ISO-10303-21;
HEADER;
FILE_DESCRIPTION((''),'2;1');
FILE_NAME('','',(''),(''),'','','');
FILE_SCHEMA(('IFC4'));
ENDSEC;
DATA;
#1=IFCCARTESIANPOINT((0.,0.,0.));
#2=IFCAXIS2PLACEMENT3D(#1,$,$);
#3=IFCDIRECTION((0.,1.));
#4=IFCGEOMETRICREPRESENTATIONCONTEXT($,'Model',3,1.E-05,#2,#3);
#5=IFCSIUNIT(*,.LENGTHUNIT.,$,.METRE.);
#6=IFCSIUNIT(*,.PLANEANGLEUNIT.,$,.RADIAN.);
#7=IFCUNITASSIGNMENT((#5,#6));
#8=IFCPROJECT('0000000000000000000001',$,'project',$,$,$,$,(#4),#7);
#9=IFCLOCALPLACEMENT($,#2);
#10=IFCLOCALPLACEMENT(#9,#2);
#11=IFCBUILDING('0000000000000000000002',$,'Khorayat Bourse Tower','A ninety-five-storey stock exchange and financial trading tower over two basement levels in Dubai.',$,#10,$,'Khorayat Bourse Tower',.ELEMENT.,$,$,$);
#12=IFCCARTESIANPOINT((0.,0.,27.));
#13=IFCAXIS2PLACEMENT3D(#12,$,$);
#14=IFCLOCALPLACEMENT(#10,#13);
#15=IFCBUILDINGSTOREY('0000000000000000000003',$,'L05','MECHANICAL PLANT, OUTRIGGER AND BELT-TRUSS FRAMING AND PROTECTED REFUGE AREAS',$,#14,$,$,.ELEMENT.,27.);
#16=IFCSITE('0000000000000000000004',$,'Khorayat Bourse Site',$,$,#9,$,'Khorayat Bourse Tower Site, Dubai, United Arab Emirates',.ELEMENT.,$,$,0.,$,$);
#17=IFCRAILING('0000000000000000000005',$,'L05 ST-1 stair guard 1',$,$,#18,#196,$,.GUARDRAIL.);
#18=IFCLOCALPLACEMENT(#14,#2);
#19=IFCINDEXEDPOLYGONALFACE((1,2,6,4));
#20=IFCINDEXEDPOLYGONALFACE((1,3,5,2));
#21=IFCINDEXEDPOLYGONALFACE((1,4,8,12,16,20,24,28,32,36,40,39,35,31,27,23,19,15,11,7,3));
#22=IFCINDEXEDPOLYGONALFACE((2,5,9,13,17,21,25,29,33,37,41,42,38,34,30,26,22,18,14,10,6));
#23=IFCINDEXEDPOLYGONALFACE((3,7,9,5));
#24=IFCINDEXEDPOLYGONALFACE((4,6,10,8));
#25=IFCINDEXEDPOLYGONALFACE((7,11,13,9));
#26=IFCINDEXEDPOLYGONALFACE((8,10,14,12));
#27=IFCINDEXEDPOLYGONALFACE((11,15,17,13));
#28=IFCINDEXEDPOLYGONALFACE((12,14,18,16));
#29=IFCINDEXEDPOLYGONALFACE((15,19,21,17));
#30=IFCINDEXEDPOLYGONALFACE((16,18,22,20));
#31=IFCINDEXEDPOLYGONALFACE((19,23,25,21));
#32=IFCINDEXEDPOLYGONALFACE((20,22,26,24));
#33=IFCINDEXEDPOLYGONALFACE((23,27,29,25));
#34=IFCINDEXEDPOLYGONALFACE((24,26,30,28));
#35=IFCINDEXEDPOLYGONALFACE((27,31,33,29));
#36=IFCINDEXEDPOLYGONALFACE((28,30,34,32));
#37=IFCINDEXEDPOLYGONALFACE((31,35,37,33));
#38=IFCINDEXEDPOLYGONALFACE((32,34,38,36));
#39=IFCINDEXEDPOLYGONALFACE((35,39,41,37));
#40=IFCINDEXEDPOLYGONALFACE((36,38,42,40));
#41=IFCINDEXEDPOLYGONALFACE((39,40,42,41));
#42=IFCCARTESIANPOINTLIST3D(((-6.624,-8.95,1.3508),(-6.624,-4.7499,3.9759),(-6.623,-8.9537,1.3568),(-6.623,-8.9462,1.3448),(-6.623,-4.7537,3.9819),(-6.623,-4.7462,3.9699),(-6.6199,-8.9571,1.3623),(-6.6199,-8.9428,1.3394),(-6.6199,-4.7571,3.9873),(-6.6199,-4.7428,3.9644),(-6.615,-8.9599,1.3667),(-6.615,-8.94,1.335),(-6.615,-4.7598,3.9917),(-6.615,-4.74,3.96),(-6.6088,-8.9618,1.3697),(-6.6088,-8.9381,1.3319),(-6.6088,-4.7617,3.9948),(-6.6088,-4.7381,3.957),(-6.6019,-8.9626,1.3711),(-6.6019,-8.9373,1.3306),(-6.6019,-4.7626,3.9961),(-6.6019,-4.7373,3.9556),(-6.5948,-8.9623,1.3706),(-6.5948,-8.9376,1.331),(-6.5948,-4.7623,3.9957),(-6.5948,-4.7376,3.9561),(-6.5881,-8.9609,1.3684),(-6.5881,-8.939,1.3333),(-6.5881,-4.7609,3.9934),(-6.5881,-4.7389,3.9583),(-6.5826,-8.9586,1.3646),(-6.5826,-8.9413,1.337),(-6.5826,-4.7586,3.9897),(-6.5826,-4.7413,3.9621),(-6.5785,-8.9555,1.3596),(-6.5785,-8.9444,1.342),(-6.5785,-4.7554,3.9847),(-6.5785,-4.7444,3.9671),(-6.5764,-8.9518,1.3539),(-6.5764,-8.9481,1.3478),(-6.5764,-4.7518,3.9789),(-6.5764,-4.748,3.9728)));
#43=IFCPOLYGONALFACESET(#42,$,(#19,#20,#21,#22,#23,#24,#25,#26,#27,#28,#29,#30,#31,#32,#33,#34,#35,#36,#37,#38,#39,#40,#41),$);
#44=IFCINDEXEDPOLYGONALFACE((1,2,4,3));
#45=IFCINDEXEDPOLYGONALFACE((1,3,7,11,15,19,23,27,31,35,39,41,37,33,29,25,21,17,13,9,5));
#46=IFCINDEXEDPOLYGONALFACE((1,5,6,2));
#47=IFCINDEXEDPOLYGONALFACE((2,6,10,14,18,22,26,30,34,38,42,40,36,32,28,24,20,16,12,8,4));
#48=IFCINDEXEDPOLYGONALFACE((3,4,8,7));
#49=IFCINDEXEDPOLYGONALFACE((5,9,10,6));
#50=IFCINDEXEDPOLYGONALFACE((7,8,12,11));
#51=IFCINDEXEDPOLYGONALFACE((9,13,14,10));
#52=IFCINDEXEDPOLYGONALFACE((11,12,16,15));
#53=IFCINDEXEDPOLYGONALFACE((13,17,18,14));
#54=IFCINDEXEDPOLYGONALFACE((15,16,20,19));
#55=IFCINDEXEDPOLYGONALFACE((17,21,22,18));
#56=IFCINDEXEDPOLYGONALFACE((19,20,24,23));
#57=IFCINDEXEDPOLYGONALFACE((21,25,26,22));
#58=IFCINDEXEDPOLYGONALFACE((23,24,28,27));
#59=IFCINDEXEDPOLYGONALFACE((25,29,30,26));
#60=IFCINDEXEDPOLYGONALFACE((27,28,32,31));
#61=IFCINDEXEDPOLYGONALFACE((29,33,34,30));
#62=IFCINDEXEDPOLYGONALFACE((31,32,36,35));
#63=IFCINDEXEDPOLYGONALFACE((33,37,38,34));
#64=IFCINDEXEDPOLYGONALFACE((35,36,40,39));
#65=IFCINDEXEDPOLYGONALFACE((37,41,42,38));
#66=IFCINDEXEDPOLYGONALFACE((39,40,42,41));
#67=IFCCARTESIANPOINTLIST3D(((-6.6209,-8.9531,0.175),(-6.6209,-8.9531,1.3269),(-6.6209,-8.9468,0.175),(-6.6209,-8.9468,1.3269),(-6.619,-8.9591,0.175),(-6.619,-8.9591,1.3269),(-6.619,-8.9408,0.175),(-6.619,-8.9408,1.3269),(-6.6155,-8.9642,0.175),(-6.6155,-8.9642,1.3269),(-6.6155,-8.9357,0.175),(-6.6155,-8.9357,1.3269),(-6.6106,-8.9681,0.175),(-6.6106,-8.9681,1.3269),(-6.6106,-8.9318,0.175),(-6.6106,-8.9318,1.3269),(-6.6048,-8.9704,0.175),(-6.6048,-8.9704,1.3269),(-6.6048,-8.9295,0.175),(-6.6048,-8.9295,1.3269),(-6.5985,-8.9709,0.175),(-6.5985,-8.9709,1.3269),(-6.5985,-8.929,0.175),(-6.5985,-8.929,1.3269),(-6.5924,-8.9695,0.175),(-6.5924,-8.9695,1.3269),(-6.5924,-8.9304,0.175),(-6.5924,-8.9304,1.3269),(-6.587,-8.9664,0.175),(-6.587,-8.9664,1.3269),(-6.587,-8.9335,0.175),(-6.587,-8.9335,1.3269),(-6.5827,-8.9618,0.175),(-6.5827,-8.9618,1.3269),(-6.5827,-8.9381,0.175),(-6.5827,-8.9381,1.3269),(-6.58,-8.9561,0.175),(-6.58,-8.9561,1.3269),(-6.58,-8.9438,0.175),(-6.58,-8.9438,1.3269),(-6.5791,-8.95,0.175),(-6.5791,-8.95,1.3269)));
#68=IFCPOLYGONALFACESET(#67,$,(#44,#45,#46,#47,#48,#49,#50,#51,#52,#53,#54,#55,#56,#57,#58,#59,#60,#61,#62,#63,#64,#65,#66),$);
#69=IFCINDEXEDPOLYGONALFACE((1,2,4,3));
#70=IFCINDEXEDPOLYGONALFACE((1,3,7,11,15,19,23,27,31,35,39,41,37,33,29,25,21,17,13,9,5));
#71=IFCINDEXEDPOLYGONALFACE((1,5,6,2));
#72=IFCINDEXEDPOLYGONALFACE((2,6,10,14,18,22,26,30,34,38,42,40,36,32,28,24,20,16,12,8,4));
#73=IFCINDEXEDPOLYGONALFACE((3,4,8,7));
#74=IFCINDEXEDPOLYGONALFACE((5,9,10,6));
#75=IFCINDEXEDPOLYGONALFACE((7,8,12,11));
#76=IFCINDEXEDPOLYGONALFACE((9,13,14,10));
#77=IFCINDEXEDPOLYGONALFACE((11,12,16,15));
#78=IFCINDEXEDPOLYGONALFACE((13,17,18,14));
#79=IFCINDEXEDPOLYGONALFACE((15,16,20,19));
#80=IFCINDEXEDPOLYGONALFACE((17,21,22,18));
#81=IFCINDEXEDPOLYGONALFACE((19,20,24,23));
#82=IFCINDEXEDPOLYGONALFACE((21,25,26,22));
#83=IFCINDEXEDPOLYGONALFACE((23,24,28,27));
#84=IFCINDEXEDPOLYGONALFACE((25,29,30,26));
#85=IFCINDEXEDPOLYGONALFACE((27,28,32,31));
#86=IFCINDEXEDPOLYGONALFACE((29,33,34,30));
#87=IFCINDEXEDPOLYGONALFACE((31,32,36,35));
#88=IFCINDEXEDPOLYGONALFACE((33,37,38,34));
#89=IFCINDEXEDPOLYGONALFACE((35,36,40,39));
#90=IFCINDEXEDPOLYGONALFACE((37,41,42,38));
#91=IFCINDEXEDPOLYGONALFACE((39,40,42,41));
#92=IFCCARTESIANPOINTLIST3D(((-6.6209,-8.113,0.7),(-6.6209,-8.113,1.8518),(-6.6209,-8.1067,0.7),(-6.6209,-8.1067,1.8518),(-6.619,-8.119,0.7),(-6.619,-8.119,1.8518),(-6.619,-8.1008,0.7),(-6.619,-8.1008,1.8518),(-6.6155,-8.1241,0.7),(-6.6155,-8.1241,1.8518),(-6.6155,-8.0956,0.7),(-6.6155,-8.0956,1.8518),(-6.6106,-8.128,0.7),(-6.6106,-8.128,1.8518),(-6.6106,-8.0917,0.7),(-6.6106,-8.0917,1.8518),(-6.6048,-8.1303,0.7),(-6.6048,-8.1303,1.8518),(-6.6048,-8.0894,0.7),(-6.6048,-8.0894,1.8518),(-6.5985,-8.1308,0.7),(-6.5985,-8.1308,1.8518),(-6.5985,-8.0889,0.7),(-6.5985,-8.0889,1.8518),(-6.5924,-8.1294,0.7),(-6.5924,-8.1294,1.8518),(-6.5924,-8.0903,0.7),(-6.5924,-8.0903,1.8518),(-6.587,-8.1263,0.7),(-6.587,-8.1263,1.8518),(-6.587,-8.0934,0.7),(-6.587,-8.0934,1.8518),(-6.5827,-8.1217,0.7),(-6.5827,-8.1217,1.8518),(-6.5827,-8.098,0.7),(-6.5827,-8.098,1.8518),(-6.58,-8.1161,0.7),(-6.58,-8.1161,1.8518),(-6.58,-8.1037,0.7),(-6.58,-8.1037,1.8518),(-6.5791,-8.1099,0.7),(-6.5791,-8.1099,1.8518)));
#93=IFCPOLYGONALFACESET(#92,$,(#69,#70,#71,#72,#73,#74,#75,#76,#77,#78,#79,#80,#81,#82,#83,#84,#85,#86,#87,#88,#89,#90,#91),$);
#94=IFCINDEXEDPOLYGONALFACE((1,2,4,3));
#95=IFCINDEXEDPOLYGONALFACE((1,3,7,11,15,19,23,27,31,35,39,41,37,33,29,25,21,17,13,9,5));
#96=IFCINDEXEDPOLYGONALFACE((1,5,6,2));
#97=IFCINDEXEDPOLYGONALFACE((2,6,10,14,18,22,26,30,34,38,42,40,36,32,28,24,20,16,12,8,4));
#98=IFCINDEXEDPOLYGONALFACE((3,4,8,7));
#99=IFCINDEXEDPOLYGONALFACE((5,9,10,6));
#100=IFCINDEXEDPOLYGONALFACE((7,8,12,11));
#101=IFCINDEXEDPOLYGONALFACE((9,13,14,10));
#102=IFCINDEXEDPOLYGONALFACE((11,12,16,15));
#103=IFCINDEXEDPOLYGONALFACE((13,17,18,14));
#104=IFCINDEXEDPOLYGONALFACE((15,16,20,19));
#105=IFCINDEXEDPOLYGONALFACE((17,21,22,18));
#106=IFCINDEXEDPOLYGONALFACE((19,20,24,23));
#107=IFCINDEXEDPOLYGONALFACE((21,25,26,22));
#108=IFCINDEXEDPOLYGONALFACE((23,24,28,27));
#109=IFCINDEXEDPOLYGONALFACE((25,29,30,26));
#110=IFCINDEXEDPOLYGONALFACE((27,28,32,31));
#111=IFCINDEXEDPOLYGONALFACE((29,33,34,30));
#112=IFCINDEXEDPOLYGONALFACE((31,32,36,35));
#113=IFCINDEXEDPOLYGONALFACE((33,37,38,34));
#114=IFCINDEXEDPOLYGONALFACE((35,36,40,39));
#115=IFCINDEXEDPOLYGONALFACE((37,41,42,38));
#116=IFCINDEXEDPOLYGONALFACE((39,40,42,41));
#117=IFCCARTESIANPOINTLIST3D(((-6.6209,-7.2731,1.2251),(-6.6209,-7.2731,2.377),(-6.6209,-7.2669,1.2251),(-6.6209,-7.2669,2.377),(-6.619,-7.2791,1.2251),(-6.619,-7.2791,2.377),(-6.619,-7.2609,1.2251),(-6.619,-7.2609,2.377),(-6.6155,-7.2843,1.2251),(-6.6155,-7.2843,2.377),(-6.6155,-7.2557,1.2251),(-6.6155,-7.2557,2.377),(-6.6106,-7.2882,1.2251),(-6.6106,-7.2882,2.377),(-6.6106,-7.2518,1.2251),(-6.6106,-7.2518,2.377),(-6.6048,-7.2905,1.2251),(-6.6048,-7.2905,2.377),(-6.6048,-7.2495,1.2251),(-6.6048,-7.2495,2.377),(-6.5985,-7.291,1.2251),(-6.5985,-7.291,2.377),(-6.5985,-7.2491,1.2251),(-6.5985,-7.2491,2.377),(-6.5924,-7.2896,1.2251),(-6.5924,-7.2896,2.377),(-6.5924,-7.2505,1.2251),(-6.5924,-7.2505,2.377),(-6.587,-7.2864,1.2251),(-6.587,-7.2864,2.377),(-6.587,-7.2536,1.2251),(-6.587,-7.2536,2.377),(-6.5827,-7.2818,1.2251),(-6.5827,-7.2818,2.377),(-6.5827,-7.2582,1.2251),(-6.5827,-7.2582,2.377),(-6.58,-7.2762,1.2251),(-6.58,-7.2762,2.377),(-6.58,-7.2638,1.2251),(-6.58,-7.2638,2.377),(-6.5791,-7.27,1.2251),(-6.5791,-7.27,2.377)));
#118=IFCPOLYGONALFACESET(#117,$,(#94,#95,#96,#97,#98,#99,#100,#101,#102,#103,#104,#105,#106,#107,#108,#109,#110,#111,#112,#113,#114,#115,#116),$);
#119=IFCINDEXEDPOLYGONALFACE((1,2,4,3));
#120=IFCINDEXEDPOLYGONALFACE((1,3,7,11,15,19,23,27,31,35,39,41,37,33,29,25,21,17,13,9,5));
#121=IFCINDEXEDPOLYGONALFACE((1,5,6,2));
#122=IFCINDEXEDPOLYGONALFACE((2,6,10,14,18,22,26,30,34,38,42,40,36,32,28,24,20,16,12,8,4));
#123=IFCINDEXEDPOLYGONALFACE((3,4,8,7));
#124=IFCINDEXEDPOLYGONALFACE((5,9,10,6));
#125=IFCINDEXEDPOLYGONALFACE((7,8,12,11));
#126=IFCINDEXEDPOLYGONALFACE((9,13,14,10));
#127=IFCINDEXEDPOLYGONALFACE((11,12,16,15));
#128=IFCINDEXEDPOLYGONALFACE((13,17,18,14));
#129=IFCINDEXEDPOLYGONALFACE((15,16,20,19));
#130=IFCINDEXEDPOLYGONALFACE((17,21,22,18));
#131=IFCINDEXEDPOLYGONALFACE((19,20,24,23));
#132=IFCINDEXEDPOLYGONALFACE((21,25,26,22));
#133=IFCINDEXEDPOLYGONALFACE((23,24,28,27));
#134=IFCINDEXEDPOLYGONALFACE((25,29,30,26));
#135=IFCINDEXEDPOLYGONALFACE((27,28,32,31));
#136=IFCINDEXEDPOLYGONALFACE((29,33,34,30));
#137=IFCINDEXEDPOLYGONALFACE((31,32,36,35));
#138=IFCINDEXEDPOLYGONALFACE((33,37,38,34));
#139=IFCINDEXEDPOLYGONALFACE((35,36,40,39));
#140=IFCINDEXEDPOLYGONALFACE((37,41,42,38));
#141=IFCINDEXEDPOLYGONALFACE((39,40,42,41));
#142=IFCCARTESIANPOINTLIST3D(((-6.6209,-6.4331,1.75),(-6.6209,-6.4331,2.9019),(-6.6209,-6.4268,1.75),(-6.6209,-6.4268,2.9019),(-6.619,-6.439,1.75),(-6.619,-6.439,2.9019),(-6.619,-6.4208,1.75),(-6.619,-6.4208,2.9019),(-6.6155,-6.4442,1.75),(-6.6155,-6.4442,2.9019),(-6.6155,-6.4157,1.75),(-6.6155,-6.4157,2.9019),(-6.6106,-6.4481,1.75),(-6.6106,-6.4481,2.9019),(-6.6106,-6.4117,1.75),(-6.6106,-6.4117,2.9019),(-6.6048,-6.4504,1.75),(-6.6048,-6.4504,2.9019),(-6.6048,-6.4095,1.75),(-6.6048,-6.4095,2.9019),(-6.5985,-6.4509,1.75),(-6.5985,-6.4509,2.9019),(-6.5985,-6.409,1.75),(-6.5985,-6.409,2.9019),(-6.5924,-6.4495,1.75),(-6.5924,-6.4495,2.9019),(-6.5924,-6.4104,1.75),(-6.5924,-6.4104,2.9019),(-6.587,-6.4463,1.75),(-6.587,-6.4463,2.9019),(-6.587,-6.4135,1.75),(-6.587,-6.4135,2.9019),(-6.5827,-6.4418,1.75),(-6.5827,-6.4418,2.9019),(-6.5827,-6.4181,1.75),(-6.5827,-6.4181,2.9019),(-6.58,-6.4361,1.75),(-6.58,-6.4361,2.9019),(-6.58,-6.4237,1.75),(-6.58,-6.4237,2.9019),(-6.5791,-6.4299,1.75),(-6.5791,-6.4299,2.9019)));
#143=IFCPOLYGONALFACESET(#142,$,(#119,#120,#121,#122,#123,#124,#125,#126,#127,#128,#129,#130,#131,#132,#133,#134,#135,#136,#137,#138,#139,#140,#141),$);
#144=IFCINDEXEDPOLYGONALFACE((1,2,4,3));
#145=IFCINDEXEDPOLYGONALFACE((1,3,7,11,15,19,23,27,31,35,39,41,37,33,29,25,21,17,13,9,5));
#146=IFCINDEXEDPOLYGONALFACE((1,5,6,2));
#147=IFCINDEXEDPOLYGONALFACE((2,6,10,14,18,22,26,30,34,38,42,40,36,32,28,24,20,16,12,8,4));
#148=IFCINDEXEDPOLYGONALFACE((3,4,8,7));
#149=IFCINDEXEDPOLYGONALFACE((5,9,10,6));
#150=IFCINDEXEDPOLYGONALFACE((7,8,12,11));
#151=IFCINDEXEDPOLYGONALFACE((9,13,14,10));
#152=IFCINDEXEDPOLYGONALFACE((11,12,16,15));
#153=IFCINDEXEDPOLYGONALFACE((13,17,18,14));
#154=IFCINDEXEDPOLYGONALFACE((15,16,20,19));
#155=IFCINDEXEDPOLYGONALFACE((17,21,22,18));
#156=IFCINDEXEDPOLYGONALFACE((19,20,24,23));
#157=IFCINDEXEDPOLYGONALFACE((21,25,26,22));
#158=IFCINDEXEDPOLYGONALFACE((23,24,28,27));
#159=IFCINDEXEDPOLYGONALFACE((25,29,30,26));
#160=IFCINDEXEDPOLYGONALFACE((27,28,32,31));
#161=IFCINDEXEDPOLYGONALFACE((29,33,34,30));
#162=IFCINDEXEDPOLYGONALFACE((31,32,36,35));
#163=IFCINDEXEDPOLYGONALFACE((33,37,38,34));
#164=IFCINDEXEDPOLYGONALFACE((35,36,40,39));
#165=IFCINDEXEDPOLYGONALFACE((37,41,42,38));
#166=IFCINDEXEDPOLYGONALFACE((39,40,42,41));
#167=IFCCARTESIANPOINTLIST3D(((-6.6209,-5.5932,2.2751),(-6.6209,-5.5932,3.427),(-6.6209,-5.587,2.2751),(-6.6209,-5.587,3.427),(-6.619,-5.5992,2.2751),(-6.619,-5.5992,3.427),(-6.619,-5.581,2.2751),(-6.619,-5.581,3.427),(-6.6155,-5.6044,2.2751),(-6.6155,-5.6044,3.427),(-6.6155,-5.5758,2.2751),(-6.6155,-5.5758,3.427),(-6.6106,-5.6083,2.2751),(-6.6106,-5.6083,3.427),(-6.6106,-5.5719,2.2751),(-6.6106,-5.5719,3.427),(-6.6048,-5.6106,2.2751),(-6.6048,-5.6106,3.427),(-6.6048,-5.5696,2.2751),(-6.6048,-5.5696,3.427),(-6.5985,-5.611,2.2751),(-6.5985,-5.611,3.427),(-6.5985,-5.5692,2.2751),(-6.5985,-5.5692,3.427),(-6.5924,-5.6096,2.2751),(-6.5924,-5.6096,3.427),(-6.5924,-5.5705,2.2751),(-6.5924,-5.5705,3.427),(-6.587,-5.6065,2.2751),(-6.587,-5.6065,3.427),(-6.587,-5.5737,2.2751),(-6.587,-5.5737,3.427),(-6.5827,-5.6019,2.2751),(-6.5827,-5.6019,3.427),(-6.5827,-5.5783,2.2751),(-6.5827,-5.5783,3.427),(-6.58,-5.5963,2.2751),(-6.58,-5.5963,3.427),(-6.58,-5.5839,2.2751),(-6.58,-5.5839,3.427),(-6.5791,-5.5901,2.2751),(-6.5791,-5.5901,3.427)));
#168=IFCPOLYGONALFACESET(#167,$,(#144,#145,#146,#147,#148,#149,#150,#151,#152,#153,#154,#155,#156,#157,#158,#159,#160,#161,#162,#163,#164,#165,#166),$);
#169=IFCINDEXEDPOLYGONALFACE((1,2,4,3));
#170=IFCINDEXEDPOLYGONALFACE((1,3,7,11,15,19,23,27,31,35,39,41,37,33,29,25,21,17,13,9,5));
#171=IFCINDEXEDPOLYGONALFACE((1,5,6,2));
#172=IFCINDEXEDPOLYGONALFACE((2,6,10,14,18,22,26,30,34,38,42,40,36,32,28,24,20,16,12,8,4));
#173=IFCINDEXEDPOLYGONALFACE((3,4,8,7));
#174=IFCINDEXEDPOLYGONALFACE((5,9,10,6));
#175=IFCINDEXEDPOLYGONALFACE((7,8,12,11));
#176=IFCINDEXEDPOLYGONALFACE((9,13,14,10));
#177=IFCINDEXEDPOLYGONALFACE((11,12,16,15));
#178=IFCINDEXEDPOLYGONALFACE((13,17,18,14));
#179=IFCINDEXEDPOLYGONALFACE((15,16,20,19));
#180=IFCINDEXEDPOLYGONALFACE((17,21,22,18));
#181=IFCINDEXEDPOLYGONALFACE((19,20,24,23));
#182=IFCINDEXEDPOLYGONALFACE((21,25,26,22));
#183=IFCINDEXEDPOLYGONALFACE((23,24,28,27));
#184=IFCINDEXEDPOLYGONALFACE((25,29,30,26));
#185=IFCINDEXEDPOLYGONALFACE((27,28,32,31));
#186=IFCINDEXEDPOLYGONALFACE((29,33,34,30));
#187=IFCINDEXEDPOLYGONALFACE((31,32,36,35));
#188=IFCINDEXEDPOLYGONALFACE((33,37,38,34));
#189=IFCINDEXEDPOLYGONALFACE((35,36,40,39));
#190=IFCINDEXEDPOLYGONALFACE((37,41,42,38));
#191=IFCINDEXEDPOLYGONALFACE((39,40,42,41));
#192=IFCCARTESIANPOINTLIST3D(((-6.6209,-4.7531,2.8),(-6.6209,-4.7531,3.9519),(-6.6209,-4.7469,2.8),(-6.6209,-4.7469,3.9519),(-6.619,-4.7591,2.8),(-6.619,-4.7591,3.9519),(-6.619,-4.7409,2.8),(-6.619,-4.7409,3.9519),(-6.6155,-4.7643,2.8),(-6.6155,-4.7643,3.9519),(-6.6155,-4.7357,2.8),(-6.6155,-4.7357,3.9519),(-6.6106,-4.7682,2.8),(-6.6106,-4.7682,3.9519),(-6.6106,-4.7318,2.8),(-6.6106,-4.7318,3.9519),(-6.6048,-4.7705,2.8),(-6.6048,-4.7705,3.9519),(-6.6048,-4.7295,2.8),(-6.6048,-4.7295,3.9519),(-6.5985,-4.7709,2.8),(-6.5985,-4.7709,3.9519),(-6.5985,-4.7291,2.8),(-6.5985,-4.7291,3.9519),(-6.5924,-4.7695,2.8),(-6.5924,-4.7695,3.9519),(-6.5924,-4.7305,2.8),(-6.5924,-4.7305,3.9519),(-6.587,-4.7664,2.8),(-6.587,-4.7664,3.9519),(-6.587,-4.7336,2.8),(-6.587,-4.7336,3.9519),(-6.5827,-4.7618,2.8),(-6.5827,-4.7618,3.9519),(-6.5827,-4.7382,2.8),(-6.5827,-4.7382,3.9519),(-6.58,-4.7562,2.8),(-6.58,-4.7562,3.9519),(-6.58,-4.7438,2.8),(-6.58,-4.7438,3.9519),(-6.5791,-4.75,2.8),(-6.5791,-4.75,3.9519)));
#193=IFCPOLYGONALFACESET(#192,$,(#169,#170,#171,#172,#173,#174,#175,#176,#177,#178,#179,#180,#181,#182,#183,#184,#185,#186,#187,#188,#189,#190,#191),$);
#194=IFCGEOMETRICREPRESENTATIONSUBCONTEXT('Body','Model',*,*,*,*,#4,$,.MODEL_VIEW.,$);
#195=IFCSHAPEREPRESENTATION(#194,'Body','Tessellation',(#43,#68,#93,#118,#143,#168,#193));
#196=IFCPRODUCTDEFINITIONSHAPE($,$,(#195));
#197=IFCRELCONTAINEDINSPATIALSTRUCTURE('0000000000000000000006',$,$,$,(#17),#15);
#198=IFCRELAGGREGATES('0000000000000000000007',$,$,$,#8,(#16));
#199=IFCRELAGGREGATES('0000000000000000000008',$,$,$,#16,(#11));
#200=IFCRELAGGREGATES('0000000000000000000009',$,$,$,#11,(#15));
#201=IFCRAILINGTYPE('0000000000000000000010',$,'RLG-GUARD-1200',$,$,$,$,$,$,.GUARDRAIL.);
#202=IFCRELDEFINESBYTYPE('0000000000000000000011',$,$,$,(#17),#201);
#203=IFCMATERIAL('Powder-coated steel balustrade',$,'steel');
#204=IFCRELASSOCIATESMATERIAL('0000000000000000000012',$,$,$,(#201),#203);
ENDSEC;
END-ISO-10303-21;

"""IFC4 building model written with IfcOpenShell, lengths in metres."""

from ifc_helpers import new_model, si_unit, direction, frame, origin, origin_2d, place, context, subcontext, project, spatial, circle, extrude, source, transform, mapped, material, type_object, element, save


model = new_model("IFC4")

# Units and contexts
model_context = context("Model", 3, precision=1e-05, world=origin(), true_north=direction((0.0, 1.0)))
body_context = subcontext(model_context, "Body", "Model", "MODEL_VIEW")
ifc_project = project(units=[si_unit("LENGTHUNIT", "METRE"), si_unit("PLANEANGLEUNIT", "RADIAN")], contexts=[model_context])

# Site, building, storey
site_placement = place(None, origin())
site = spatial("IfcSite", under=ifc_project, at=site_placement, Name="Khorayat Bourse Site", LongName="Khorayat Bourse Tower Site, Dubai, United Arab Emirates", CompositionType="ELEMENT", RefElevation=0.0)
building_placement = place(site_placement, origin())
building = spatial("IfcBuilding", under=site, at=building_placement, Name="Khorayat Bourse Tower", Description="A ninety-five-storey stock exchange and financial trading tower over two basement levels in Dubai.", LongName="Khorayat Bourse Tower", CompositionType="ELEMENT")
storey_placement = place(building_placement, frame((0.0, 0.0, 27.0)))
storey = spatial("IfcBuildingStorey", under=building, at=storey_placement, Name="L05", Description="MECHANICAL PLANT, OUTRIGGER AND BELT-TRUSS FRAMING AND PROTECTED REFUGE AREAS", CompositionType="ELEMENT", Elevation=27.0)

# Railing
ifc_material_1 = material(Name="Powder-coated steel balustrade", Category="steel")
railing_type_1 = type_object("IfcRailingType", Name="RLG-GUARD-1200", PredefinedType="GUARDRAIL", material=ifc_material_1)
shared_shape_1 = source(origin(), body_context, "Body", "SweptSolid", [
    extrude(circle(Radius=0.0239, at=origin_2d()), frame((0.0, 0.0, 1.1758), z_axis=(0.0, 0.847996, 0.530003), x_axis=(-1.0, 0.0, 0.0)), (0.0, 0.0, 1.0), 4.9529),
    extrude(circle(Radius=0.021, at=origin_2d()), origin(), (0.0, 0.0, 1.0), 1.1519),
    extrude(circle(Radius=0.021, at=origin_2d()), frame((0.0, 0.8401, 0.5249)), (0.0, 0.0, 1.0), 1.1519),
    extrude(circle(Radius=0.021, at=origin_2d()), frame((0.0, 1.6799, 1.05)), (0.0, 0.0, 1.0), 1.1519),
    extrude(circle(Radius=0.021, at=origin_2d()), frame((0.0, 2.52, 1.575)), (0.0, 0.0, 1.0), 1.1519),
    extrude(circle(Radius=0.021, at=origin_2d()), frame((0.0, 3.3599, 2.1001)), (0.0, 0.0, 1.0), 1.1519),
    extrude(circle(Radius=0.021, at=origin_2d()), frame((0.0, 4.2, 2.625)), (0.0, 0.0, 1.0), 1.1519),
])
railing_1_placement = place(storey_placement, frame((-6.6001, -8.95, 0.175)))
element("IfcRailing", 1, at=railing_1_placement, inside=storey, type_object=railing_type_1, Name="L05 ST-1 stair guard 1", PredefinedType="GUARDRAIL", context=body_context, shape_type="MappedRepresentation", body=[
    mapped(shared_shape_1, transform((0.0, 0.0, 0.0), scale=1.0)),
])

save(model, "model.ifc")
